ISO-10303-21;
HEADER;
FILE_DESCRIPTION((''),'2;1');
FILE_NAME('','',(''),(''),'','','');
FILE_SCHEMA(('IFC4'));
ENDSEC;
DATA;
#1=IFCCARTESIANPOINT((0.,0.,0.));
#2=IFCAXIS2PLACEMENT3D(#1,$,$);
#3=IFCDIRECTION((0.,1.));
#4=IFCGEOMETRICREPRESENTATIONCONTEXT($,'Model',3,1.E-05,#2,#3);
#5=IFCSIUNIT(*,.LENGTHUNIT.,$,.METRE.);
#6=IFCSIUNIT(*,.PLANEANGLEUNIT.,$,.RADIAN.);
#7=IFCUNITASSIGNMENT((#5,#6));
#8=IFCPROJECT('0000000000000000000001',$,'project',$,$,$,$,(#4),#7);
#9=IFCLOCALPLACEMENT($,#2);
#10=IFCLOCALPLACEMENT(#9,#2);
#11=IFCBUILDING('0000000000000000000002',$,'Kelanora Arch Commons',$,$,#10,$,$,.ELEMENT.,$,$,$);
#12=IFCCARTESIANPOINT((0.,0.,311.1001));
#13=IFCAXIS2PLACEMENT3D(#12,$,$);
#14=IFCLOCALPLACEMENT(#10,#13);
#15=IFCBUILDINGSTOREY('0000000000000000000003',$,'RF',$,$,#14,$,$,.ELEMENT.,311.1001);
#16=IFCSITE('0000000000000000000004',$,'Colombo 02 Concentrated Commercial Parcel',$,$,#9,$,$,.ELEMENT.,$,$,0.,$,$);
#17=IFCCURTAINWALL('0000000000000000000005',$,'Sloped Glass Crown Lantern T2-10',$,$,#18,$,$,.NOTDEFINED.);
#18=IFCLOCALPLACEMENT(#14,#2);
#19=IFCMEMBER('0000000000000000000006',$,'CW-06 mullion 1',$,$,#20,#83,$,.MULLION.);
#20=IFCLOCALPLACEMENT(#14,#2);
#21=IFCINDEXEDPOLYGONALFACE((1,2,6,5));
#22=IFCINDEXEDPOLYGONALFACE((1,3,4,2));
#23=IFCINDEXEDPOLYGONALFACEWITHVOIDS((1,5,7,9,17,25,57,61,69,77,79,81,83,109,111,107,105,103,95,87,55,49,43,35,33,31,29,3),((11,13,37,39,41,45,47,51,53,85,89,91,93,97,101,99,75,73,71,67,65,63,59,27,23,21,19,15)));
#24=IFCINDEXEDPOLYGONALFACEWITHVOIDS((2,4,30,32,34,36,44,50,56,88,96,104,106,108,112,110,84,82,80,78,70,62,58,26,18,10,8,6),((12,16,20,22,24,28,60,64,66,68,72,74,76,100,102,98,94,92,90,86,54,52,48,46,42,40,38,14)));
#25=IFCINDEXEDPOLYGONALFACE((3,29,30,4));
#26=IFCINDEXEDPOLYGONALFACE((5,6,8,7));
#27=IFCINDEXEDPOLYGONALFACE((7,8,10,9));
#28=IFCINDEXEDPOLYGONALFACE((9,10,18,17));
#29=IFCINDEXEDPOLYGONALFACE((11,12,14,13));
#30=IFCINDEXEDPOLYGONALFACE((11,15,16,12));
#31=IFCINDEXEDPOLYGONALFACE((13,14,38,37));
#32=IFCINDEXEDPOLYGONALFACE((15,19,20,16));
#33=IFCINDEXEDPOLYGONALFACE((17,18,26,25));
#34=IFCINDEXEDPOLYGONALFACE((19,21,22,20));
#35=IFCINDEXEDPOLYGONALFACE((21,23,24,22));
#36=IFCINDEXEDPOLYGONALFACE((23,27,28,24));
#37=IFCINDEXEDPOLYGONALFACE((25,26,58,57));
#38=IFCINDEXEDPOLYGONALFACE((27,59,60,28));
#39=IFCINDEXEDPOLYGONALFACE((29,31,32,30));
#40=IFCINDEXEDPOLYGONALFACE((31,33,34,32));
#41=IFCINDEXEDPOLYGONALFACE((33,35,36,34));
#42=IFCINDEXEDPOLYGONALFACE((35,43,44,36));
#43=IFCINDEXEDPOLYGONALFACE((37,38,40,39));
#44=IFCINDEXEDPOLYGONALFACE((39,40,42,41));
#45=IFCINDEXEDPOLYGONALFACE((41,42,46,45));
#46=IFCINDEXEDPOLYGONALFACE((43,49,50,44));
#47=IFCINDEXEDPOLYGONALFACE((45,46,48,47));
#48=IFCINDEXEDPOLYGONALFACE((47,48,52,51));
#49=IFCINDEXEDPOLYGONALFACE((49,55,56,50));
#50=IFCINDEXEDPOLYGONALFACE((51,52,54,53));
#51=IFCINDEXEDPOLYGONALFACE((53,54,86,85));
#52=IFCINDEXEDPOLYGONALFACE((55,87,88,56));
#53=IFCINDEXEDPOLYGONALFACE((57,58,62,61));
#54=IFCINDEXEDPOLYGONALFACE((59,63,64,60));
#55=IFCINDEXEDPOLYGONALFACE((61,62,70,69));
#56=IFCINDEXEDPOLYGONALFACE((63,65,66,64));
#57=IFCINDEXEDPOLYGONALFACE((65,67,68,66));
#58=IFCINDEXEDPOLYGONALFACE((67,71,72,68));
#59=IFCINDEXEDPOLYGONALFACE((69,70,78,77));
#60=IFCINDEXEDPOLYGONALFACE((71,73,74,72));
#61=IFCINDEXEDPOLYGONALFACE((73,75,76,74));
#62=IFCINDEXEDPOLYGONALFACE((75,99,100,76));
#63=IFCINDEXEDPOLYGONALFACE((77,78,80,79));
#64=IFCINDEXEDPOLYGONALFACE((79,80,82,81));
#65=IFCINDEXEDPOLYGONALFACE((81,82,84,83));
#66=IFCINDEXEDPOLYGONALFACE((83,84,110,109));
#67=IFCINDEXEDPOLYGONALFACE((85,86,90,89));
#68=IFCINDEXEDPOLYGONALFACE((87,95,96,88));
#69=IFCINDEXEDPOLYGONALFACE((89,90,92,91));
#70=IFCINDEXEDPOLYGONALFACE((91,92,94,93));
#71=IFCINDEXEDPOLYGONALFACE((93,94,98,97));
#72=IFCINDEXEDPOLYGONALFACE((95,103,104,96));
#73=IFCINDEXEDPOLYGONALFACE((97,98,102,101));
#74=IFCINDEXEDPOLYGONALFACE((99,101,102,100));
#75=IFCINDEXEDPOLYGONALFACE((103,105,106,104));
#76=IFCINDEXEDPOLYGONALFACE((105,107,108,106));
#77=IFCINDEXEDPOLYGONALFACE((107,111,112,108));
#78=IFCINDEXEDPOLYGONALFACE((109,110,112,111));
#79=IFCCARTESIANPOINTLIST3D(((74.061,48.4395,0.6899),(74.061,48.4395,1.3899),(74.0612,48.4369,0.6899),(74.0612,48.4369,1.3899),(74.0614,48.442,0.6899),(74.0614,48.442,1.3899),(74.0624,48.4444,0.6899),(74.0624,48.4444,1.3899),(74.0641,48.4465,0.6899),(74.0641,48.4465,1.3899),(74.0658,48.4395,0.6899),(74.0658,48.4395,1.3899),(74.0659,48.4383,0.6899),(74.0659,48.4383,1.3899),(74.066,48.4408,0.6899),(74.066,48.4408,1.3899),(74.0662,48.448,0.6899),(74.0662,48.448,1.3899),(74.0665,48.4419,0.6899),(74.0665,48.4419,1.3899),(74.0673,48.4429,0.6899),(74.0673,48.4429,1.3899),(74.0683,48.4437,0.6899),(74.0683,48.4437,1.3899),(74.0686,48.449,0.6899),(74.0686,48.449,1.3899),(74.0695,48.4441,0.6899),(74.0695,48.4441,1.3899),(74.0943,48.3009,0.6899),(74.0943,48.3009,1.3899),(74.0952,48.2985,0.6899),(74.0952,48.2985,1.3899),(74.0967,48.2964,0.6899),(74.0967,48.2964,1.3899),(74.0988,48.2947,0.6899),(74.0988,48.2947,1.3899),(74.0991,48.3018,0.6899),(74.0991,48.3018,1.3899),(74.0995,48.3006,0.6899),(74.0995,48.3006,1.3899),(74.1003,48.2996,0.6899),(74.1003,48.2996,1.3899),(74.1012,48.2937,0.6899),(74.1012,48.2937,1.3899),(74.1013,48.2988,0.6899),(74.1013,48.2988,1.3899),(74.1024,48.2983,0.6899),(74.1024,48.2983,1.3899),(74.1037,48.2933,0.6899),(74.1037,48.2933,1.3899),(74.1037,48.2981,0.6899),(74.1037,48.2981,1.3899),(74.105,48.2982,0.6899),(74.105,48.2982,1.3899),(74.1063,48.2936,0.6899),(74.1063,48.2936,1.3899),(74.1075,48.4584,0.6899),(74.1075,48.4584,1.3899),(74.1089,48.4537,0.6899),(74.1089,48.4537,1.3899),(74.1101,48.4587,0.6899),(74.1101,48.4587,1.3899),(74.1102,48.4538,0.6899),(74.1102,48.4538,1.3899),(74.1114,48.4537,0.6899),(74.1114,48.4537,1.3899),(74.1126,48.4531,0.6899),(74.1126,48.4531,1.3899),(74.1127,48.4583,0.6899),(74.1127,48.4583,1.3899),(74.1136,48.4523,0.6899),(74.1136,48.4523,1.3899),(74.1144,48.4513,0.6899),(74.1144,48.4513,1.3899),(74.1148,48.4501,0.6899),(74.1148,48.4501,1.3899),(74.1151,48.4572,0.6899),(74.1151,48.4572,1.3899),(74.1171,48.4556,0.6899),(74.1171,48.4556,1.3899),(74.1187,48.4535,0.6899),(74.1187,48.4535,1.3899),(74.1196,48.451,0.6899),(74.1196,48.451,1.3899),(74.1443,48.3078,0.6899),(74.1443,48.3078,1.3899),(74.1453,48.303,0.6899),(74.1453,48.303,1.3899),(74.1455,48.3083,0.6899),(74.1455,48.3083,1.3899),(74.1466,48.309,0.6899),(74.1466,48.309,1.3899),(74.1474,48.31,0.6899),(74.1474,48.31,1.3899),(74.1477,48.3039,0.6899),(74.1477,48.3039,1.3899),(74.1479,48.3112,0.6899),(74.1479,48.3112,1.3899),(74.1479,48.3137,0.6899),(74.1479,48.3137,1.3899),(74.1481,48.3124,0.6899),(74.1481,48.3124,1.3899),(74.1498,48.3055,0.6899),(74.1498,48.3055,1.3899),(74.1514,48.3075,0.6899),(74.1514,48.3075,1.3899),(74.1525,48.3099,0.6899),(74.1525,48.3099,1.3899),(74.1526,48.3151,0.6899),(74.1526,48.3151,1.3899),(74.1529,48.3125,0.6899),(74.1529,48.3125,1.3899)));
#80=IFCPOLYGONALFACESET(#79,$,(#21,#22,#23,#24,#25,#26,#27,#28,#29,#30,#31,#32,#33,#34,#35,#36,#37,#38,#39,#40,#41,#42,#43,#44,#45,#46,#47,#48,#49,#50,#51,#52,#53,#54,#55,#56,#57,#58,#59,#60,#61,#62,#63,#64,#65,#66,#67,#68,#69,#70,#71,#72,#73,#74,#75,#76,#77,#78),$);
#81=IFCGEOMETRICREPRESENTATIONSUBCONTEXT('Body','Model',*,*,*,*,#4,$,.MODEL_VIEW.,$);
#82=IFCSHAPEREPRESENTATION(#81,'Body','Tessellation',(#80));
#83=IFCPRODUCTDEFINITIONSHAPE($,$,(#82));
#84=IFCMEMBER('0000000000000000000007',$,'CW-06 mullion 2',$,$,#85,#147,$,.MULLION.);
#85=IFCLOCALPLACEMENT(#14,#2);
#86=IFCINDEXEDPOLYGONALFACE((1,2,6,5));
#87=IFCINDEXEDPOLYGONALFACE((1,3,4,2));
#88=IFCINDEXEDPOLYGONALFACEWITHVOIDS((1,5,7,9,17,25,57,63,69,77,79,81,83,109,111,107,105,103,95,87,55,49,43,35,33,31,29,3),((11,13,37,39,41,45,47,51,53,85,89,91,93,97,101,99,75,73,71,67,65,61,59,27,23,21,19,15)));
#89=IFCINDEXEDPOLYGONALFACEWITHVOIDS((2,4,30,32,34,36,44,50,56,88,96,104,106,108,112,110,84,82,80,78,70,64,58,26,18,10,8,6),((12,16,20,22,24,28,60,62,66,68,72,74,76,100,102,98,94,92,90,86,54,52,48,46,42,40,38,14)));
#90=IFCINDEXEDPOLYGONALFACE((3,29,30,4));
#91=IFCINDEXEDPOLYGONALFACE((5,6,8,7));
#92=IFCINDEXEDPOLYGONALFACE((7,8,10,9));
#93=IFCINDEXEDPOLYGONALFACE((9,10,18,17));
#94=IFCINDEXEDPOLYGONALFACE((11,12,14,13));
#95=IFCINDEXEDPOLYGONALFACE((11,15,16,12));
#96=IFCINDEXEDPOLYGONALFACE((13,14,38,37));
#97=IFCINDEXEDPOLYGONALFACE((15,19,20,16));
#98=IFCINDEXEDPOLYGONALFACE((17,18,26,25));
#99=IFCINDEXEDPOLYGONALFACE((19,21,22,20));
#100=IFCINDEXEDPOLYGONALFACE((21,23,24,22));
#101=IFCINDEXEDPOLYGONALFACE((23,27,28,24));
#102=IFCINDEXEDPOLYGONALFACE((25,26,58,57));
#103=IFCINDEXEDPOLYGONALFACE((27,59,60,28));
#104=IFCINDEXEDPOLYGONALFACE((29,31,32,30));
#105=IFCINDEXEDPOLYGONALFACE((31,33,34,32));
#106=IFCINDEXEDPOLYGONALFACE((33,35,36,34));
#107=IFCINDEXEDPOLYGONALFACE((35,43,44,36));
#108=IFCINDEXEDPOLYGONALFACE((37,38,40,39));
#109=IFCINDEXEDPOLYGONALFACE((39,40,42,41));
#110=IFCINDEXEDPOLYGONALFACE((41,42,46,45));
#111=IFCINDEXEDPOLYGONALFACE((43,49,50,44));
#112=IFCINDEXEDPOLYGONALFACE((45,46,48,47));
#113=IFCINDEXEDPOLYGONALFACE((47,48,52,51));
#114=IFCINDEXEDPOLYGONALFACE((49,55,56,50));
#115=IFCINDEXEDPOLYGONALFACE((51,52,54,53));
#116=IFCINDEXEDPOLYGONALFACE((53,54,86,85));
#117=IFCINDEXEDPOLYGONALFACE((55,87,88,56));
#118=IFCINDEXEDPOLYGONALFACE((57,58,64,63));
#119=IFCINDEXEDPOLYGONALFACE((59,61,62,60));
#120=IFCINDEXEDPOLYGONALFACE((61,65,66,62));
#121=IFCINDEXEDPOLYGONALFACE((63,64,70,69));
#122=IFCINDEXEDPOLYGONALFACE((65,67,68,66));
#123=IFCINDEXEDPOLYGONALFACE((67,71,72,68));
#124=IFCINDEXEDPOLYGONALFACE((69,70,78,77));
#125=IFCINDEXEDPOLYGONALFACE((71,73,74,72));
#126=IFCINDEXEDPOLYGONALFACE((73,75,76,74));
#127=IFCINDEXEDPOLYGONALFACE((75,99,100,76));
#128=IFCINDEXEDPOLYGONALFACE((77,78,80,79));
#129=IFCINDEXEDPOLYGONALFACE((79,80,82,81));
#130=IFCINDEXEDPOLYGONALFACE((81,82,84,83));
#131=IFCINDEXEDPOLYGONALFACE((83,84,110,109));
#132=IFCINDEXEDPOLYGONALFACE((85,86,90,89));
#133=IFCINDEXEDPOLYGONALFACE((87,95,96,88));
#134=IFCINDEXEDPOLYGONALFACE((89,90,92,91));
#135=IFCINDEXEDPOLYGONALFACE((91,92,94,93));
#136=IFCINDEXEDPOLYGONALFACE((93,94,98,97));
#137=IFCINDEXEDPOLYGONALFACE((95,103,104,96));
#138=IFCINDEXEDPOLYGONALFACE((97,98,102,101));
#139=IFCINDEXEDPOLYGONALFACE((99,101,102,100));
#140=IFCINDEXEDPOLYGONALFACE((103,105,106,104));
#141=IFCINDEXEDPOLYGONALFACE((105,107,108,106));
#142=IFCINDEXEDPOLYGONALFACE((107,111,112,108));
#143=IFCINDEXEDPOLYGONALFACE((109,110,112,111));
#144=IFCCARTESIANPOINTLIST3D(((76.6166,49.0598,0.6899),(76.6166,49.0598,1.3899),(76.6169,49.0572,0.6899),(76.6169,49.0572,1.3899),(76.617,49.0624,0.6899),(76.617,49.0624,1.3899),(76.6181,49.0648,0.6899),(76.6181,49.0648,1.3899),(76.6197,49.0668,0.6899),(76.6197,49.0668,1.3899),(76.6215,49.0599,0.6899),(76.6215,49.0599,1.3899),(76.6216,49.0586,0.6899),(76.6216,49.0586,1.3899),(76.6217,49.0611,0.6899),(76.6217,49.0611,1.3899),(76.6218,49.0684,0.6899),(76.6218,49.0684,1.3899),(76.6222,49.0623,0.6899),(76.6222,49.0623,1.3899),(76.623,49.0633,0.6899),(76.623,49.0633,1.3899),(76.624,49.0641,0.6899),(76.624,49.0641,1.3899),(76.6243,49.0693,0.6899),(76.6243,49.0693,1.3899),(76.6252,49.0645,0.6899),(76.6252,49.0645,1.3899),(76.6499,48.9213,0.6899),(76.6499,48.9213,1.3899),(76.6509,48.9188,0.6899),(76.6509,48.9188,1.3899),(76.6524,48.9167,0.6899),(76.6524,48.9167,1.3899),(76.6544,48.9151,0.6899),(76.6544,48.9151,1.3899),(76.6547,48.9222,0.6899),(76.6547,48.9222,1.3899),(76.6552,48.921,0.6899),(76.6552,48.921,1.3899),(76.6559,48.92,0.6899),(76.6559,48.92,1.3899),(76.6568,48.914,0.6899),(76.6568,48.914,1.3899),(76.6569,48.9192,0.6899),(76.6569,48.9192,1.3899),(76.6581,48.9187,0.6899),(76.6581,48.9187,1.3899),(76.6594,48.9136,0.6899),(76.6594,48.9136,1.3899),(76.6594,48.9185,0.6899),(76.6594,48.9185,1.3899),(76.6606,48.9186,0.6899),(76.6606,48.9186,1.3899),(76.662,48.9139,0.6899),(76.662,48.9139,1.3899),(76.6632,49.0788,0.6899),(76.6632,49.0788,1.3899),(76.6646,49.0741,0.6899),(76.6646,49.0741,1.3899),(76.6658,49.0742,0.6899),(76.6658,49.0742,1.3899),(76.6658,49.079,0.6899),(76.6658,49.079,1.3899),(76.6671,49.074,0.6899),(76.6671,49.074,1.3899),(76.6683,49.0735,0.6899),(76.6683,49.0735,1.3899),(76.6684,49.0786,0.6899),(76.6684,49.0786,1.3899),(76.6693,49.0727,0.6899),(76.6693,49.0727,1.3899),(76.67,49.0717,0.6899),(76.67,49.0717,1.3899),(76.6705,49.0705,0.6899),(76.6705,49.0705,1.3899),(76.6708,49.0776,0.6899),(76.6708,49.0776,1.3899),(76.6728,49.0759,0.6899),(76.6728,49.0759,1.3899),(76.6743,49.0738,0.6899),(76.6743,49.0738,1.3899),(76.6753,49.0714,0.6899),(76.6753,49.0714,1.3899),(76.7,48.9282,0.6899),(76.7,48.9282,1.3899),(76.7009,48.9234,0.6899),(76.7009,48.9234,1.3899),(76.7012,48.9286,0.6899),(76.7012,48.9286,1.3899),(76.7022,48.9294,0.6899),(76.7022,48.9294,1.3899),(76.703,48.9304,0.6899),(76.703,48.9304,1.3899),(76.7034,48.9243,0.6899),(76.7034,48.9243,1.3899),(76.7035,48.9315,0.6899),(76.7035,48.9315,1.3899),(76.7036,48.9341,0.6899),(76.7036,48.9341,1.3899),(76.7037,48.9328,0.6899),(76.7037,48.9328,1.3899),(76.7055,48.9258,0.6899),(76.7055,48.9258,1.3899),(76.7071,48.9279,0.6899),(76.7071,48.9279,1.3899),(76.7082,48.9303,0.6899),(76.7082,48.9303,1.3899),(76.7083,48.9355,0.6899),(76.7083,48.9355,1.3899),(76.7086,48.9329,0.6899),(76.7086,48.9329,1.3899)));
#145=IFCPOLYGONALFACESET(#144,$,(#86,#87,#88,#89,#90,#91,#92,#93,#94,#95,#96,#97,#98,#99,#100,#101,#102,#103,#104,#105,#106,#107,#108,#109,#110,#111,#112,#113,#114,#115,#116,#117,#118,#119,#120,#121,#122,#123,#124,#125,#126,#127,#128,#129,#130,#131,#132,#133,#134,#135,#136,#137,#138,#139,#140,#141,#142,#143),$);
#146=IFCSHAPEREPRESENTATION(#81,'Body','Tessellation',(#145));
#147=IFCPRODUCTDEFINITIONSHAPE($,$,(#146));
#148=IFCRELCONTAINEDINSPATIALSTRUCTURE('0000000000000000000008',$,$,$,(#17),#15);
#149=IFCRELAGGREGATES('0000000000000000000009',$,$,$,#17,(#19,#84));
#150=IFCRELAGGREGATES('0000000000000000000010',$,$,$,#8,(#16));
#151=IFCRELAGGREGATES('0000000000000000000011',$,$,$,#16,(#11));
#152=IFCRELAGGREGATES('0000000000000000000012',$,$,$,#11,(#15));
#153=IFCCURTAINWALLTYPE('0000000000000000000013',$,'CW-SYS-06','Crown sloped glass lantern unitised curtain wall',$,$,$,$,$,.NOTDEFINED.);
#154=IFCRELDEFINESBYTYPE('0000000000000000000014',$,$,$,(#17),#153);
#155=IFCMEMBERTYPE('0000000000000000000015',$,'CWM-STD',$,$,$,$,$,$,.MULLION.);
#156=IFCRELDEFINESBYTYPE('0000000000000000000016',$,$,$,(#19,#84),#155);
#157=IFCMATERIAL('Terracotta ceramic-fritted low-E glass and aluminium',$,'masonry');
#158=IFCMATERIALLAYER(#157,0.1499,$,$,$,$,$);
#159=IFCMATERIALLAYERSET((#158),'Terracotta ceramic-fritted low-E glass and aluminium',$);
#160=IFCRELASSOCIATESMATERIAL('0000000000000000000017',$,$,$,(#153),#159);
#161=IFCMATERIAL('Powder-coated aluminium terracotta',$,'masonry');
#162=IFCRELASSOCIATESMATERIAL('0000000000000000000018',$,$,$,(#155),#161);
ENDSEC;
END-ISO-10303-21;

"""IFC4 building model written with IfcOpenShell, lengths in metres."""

from ifc_helpers import new_model, si_unit, direction, frame, origin, origin_2d, place, context, subcontext, project, spatial, hollow_rectangle, extrude, material, layer, layer_set, material_profile, profile_set, type_object, element, aggregate, save


model = new_model("IFC4")

# Units and contexts
model_context = context("Model", 3, precision=1e-05, world=origin(), true_north=direction((0.0, 1.0)))
body_context = subcontext(model_context, "Body", "Model", "MODEL_VIEW")
ifc_project = project(units=[si_unit("LENGTHUNIT", "METRE"), si_unit("PLANEANGLEUNIT", "RADIAN")], contexts=[model_context])

# Site, building, storey
site_placement = place(None, origin())
site = spatial("IfcSite", under=ifc_project, at=site_placement, Name="Colombo 02 Concentrated Commercial Parcel", CompositionType="ELEMENT", RefElevation=0.0)
building_placement = place(site_placement, origin())
building = spatial("IfcBuilding", under=site, at=building_placement, Name="Kelanora Arch Commons", CompositionType="ELEMENT")
storey_placement = place(building_placement, frame((0.0, 0.0, 311.1001)))
storey = spatial("IfcBuildingStorey", under=building, at=storey_placement, Name="RF", CompositionType="ELEMENT", Elevation=311.1001)

# Shared definitions
ifc_material_1 = material(Name="Terracotta ceramic-fritted low-E glass and aluminium", Category="masonry")
ifc_layer_1 = layer(ifc_material_1, 0.1499)
ifc_layer_set_1 = layer_set([ifc_layer_1], Name="Terracotta ceramic-fritted low-E glass and aluminium")
curtain_wall_type = type_object("IfcCurtainWallType", Name="CW-SYS-06", Description="Crown sloped glass lantern unitised curtain wall", PredefinedType="NOTDEFINED", material=ifc_layer_set_1)
ifc_material_2 = material(Name="Powder-coated aluminium terracotta", Category="masonry")
ifc_material_profile_1 = material_profile(ifc_material_2, hollow_rectangle(XDim=0.1599, YDim=0.0601, WallThickness=0.0049, InnerFilletRadius=0.0049, OuterFilletRadius=0.01, at=origin_2d()), Name="CWM160x60")
ifc_profile_set_1 = profile_set([ifc_material_profile_1], Name="Powder-coated aluminium terracotta")
member_type_1 = type_object("IfcMemberType", Name="CWM-STD", PredefinedType="MULLION", material=ifc_profile_set_1)

# Curtain wall, members
curtain_wall_1_placement = place(storey_placement, origin())
curtain_wall_1 = element("IfcCurtainWall", 1, at=curtain_wall_1_placement, inside=storey, type_object=curtain_wall_type, Name="Sloped Glass Crown Lantern T2-10", PredefinedType="NOTDEFINED")
member_1_placement = place(storey_placement, frame((74.1069, 48.376, 0.6899), z_axis=(0.0, 0.0, 1.0), x_axis=(-0.235931, 0.97177, 0.0)))
member_1 = element("IfcMember", 2, at=member_1_placement, type_object=member_type_1, Name="CW-06 mullion 1", PredefinedType="MULLION", context=body_context, shape_type="SweptSolid", body=[
    extrude(hollow_rectangle(XDim=0.1599, YDim=0.0601, WallThickness=0.0049, InnerFilletRadius=0.0049, OuterFilletRadius=0.01, at=origin_2d()), origin(), (0.0, 0.0, 1.0), 0.7),
])
member_2_placement = place(storey_placement, frame((76.6626, 48.9963, 0.6899), z_axis=(0.0, 0.0, 1.0), x_axis=(-0.235931, 0.97177, 0.0)))
member_2 = element("IfcMember", 3, at=member_2_placement, type_object=member_type_1, Name="CW-06 mullion 2", PredefinedType="MULLION", context=body_context, shape_type="SweptSolid", body=[
    extrude(hollow_rectangle(XDim=0.1599, YDim=0.0601, WallThickness=0.0049, InnerFilletRadius=0.0049, OuterFilletRadius=0.01, at=origin_2d()), origin(), (0.0, 0.0, 1.0), 0.7),
])

aggregate(curtain_wall_1, [member_1, member_2])

save(model, "model.ifc")
